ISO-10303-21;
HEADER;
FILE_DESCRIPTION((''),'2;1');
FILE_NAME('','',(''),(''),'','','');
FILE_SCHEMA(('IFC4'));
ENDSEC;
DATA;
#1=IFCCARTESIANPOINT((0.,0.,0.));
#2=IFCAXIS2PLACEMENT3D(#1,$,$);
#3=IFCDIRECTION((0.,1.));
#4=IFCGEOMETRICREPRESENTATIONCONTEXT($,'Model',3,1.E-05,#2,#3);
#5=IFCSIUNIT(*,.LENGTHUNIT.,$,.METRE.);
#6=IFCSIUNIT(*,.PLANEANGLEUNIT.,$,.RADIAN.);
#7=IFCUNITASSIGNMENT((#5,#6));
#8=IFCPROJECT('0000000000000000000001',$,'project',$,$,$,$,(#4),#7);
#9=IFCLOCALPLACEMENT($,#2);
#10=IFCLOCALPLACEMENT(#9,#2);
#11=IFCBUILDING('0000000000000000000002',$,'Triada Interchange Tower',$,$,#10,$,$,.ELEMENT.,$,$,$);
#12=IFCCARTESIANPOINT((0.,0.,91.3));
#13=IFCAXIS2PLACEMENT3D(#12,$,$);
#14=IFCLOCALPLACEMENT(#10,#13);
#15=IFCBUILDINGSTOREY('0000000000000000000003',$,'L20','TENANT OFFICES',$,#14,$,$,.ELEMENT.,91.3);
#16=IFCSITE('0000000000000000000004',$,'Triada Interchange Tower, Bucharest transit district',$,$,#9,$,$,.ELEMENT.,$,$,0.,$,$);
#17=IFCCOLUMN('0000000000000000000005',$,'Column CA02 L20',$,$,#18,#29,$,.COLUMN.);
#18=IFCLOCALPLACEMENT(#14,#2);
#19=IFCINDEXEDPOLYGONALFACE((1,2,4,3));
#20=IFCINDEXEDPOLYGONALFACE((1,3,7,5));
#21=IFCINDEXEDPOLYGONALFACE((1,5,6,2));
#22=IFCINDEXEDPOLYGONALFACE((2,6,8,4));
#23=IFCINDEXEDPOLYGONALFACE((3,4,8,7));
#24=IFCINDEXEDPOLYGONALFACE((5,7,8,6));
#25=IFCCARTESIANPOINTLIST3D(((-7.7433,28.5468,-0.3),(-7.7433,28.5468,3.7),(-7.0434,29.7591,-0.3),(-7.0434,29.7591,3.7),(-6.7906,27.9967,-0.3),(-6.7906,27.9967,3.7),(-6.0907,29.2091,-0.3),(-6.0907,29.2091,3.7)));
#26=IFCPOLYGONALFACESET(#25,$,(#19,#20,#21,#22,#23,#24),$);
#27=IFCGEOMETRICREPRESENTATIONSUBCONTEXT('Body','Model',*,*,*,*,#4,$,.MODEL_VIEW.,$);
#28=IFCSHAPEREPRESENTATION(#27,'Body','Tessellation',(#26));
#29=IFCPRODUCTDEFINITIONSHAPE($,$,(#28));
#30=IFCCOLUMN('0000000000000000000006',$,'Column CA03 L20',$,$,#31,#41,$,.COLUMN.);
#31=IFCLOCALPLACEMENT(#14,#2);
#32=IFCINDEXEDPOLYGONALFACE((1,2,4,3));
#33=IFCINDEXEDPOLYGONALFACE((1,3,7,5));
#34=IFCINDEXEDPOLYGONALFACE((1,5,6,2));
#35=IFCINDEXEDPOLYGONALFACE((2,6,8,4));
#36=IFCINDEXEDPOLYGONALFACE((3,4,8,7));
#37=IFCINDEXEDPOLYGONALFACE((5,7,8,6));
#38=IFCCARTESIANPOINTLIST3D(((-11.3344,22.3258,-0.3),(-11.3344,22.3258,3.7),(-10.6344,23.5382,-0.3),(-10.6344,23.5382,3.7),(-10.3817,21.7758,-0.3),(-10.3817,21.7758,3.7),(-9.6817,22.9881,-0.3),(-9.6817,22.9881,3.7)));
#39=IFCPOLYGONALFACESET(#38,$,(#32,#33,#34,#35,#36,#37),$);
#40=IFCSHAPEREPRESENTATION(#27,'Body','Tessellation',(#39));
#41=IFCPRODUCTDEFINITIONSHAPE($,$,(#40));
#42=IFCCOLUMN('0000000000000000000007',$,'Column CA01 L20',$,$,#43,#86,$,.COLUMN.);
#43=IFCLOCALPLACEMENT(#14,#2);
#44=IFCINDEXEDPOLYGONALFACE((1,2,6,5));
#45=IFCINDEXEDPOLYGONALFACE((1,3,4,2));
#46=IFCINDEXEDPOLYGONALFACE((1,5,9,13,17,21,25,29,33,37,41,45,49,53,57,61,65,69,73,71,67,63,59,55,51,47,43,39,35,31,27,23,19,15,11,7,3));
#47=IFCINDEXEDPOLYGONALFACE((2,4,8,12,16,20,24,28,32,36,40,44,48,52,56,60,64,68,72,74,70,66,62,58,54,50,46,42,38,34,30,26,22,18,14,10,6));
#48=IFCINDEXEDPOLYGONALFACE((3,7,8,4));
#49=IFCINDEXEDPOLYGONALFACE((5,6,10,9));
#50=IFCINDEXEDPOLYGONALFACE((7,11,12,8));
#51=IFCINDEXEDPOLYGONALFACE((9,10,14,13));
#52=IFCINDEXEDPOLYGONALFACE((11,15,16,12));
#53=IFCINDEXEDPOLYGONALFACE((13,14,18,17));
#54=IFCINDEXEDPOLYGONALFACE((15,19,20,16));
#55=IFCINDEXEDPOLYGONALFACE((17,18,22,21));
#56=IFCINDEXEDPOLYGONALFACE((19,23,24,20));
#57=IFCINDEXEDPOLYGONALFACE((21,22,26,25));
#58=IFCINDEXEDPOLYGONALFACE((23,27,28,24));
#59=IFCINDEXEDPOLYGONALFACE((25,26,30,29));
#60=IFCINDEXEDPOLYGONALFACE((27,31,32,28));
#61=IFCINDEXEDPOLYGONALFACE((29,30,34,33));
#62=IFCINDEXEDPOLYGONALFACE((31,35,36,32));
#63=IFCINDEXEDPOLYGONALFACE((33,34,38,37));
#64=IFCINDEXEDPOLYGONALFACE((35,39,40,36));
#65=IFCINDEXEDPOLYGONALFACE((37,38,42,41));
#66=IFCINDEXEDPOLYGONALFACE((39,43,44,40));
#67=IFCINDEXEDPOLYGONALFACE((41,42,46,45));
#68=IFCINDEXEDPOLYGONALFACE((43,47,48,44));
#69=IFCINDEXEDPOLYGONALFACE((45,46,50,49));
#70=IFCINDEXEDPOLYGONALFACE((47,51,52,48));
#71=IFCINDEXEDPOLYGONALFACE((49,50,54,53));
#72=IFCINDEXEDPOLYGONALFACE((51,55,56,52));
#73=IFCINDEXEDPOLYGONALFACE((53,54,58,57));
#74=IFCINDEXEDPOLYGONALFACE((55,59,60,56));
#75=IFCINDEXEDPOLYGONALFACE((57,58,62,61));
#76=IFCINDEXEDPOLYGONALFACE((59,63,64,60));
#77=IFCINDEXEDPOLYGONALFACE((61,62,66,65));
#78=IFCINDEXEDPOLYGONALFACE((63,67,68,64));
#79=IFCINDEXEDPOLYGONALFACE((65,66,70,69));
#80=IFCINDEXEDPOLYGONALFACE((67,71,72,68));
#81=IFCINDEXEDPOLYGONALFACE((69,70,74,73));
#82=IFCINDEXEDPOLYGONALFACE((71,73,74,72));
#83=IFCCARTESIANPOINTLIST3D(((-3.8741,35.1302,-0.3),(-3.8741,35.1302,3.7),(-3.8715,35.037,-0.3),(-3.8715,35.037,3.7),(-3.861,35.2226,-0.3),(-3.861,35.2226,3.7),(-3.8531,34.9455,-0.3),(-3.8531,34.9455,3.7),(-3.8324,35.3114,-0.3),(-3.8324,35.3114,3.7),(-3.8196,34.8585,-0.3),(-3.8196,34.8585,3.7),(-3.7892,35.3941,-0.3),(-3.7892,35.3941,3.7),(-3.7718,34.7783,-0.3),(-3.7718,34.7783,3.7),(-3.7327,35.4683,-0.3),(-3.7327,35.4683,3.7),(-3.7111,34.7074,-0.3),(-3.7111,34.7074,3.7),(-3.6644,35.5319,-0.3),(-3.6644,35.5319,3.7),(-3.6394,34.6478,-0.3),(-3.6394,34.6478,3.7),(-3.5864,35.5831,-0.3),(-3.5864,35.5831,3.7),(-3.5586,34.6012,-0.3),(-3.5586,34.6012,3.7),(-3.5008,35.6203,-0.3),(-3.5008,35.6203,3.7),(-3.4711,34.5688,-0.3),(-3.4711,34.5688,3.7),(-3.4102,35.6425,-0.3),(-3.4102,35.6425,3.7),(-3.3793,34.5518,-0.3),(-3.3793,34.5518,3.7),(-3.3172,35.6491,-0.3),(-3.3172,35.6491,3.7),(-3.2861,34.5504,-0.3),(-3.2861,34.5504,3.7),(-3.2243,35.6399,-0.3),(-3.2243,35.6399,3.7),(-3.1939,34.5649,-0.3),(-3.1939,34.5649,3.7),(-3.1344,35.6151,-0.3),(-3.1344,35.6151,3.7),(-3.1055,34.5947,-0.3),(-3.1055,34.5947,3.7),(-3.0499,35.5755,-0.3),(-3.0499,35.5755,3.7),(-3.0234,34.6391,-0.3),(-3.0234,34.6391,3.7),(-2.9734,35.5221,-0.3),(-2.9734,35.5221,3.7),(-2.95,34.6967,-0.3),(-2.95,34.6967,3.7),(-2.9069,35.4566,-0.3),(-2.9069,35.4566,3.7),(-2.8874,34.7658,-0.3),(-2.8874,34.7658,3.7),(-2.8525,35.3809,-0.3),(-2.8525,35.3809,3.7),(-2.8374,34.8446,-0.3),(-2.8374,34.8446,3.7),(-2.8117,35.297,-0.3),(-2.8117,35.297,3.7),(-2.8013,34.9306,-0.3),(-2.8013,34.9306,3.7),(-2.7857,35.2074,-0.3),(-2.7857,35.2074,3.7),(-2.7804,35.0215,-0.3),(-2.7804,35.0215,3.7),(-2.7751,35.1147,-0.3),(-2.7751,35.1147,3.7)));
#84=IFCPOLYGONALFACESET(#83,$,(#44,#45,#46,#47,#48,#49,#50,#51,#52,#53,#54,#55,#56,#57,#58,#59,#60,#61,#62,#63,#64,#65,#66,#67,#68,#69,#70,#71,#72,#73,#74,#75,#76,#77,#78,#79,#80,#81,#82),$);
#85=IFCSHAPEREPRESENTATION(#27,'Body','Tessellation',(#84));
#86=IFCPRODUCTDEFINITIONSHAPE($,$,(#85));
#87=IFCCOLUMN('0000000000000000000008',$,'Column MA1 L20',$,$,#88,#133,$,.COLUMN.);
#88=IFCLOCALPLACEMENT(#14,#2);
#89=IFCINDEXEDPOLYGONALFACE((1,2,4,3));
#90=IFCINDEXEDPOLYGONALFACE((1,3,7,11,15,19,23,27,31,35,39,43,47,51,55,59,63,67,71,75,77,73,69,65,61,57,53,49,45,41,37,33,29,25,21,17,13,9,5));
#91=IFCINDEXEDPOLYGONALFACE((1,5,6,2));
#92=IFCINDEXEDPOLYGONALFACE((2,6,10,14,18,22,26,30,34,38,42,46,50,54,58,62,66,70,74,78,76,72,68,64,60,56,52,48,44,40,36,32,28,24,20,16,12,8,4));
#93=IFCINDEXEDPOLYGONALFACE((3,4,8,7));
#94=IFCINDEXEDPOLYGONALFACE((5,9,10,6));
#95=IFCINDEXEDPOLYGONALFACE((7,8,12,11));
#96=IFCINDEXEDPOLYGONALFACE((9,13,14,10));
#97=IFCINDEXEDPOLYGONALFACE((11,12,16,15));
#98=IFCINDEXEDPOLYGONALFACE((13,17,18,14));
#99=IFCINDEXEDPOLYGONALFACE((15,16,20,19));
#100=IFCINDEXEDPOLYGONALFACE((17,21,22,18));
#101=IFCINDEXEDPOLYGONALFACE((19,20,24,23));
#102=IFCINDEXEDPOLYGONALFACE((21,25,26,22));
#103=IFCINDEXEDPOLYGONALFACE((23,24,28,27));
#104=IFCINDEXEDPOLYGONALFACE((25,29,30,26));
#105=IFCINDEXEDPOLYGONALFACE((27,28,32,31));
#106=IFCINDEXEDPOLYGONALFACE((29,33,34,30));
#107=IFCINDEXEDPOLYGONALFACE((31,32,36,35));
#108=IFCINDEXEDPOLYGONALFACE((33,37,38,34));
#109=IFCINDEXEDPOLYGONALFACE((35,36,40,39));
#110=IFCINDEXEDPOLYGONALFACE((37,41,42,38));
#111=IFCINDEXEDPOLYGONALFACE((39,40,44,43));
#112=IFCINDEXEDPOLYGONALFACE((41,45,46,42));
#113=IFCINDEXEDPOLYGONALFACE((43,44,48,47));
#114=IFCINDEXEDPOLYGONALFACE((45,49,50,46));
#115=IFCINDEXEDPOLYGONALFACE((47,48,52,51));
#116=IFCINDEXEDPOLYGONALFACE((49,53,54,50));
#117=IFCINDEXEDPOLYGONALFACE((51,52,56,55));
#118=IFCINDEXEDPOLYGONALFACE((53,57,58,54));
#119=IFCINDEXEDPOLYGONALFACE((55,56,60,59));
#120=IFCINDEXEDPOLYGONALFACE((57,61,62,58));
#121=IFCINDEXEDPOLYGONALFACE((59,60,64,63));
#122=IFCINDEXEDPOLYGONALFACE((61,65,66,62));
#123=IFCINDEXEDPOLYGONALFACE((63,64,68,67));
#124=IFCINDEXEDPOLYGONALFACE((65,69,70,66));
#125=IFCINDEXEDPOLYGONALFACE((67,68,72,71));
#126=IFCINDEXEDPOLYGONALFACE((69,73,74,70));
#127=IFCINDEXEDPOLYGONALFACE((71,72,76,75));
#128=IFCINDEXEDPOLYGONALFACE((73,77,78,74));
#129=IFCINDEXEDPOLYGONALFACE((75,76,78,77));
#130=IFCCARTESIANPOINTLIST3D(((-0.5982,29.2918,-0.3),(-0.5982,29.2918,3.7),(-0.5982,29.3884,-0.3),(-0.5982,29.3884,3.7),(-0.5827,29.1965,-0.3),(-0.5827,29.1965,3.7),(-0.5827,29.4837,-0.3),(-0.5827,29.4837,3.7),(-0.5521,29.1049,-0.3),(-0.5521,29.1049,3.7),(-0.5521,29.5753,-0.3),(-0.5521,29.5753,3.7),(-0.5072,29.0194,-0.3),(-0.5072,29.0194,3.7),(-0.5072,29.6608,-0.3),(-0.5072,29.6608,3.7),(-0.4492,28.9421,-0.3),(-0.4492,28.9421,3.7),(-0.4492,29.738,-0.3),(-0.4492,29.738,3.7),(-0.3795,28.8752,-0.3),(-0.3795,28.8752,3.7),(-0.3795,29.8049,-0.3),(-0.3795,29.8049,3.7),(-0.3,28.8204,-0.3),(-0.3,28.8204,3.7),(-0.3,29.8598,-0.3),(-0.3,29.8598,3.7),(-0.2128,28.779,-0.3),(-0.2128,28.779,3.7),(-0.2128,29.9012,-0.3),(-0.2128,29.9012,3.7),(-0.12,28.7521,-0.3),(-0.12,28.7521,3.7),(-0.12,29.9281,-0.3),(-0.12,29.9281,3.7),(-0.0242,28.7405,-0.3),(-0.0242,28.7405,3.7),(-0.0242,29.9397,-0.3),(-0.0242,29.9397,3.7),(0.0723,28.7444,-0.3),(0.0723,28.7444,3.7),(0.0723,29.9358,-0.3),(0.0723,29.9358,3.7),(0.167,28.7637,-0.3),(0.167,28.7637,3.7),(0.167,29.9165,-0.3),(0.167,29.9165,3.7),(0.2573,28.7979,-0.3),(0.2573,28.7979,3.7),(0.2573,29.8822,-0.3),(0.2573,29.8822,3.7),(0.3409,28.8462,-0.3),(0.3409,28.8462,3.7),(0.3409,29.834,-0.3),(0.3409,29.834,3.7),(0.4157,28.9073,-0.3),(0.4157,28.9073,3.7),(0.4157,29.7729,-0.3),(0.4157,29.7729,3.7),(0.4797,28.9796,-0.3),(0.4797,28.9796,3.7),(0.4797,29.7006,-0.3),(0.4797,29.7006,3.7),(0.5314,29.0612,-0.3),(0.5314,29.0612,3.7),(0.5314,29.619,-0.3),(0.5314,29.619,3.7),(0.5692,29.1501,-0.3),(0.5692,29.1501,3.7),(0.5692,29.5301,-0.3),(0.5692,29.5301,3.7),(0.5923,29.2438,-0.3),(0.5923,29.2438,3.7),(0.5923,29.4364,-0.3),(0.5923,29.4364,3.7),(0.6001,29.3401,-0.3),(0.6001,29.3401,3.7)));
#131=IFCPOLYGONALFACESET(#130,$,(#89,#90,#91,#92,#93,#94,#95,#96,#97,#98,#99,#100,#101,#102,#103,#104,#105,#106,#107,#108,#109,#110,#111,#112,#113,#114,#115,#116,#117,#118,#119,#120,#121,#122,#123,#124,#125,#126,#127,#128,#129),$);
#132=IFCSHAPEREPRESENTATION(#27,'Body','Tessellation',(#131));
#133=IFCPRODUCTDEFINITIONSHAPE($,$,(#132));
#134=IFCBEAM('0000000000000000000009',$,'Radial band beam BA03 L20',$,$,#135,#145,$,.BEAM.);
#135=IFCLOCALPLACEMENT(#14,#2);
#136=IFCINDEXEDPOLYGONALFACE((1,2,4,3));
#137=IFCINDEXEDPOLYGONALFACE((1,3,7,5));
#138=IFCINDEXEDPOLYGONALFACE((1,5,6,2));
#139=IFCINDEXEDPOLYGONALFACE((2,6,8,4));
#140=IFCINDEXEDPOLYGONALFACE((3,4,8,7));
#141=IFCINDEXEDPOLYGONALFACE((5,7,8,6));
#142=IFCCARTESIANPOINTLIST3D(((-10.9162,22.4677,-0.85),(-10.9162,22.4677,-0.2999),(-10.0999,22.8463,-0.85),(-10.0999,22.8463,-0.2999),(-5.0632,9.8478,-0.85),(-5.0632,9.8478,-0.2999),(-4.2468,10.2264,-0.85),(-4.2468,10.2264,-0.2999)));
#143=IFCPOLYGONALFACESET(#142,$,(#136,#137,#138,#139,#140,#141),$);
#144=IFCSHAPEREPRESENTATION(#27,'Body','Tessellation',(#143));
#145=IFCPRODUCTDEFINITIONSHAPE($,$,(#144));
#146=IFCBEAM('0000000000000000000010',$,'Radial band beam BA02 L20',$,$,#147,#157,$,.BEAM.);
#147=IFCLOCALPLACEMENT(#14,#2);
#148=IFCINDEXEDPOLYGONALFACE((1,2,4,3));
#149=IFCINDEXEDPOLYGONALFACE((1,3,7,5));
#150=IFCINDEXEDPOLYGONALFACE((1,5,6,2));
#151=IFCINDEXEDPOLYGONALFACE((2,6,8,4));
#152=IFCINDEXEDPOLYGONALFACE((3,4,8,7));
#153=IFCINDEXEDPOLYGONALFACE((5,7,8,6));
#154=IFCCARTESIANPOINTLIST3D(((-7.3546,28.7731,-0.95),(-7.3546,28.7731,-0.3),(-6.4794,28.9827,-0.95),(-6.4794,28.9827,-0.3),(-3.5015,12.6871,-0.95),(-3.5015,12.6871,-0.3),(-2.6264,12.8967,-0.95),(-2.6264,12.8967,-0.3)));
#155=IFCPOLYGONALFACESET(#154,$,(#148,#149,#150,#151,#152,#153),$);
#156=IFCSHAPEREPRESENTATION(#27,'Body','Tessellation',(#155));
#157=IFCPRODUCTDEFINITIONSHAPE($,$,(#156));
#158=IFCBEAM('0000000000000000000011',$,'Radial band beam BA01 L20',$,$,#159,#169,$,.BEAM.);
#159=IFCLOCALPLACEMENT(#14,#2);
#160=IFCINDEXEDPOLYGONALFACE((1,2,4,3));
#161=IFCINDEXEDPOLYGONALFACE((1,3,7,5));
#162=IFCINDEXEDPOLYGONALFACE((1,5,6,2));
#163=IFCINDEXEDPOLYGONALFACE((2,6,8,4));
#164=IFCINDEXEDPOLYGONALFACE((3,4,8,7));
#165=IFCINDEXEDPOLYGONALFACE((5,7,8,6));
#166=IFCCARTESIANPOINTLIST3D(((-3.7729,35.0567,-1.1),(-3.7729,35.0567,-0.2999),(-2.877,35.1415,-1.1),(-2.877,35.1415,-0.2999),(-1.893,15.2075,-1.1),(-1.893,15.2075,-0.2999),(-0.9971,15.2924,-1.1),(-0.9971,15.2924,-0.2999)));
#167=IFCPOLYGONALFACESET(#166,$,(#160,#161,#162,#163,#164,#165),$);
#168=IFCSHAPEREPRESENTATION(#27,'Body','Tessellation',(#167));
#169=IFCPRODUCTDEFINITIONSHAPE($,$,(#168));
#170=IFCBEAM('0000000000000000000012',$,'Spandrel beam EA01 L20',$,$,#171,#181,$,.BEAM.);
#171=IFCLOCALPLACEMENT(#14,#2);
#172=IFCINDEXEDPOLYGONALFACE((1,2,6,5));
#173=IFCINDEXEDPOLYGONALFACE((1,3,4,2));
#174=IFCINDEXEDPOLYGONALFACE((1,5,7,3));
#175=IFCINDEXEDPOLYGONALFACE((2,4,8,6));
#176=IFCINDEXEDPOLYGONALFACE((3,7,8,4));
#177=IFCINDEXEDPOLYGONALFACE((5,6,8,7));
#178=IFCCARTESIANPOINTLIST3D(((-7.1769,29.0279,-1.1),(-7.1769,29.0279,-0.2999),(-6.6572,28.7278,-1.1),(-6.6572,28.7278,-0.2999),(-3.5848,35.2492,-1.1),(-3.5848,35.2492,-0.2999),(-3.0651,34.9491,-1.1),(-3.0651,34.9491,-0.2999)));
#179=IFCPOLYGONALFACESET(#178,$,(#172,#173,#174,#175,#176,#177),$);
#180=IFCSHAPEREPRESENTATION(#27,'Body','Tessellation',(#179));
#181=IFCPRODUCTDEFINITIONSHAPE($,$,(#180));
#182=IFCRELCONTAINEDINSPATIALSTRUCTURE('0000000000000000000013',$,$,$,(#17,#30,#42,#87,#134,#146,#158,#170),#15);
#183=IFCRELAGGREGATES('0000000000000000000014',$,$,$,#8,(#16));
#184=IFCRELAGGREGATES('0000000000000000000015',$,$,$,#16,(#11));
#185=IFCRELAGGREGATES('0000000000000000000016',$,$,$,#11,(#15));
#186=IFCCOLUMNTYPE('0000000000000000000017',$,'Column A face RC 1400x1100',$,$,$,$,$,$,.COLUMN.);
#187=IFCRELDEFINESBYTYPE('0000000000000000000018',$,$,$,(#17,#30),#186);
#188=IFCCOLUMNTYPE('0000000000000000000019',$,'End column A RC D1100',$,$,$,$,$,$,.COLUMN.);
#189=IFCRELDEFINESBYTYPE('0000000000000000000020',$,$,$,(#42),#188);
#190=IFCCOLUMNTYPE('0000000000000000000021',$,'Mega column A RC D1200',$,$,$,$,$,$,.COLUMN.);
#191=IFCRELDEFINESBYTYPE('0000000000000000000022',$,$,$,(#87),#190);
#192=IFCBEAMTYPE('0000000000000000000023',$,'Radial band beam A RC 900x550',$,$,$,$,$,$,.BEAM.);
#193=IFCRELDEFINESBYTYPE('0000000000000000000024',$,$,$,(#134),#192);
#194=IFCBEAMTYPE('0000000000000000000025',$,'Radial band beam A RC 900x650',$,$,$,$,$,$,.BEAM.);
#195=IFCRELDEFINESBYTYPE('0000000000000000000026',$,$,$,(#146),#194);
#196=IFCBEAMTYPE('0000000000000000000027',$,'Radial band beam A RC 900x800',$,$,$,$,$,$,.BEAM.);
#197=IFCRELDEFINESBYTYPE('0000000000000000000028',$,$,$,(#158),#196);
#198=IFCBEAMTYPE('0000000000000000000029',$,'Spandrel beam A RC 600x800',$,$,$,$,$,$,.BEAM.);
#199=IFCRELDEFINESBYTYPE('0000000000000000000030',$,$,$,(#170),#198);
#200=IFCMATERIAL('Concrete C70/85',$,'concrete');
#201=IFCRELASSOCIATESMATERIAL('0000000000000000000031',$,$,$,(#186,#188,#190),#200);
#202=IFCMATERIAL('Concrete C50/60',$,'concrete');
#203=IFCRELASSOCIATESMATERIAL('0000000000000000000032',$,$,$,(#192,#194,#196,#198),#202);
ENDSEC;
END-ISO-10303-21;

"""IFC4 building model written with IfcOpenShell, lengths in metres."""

from ifc_helpers import new_model, si_unit, direction, frame, origin, origin_2d, place, context, subcontext, project, spatial, rectangle, circle, extrude, material, material_profile, profile_set, type_object, element, save


model = new_model("IFC4")

# Units and contexts
model_context = context("Model", 3, precision=1e-05, world=origin(), true_north=direction((0.0, 1.0)))
body_context = subcontext(model_context, "Body", "Model", "MODEL_VIEW")
ifc_project = project(units=[si_unit("LENGTHUNIT", "METRE"), si_unit("PLANEANGLEUNIT", "RADIAN")], contexts=[model_context])

# Site, building, storey
site_placement = place(None, origin())
site = spatial("IfcSite", under=ifc_project, at=site_placement, Name="Triada Interchange Tower, Bucharest transit district", CompositionType="ELEMENT", RefElevation=0.0)
building_placement = place(site_placement, origin())
building = spatial("IfcBuilding", under=site, at=building_placement, Name="Triada Interchange Tower", CompositionType="ELEMENT")
storey_placement = place(building_placement, frame((0.0, 0.0, 91.3)))
storey = spatial("IfcBuildingStorey", under=building, at=storey_placement, Name="L20", Description="TENANT OFFICES", CompositionType="ELEMENT", Elevation=91.3)

# Columns
ifc_material_1 = material(Name="Concrete C70/85", Category="concrete")
ifc_material_profile_1 = material_profile(ifc_material_1, rectangle(XDim=1.3999, YDim=1.1001, at=origin_2d()), Name="RC 1400x1100")
ifc_profile_set_1 = profile_set([ifc_material_profile_1], Name="Concrete C70/85")
column_type_1 = type_object("IfcColumnType", Name="Column A face RC 1400x1100", PredefinedType="COLUMN", material=ifc_profile_set_1)
for number, where, z_axis, x_axis, name in (
    (1, (-6.917, 28.8779, -0.3), (0.0, 0.0, 1.0), (0.5, 0.866025, 0.0), "Column CA02 L20"),
    (2, (-10.5081, 22.657, -0.3), (0.0, 0.0, 1.0), (0.5, 0.866025, 0.0), "Column CA03 L20"),
):
    element("IfcColumn", number, at=place(storey_placement, frame(where, z_axis=z_axis, x_axis=x_axis)), inside=storey, type_object=column_type_1, Name=name, PredefinedType="COLUMN", context=body_context, shape_type="SweptSolid", body=[
        extrude(rectangle(XDim=1.3999, YDim=1.1001, at=origin_2d()), origin(), (0.0, 0.0, 1.0), 4.0),
    ])
ifc_material_profile_2 = material_profile(ifc_material_1, circle(Radius=0.55, at=origin_2d()), Name="RC D1100")
ifc_profile_set_2 = profile_set([ifc_material_profile_2], Name="Concrete C70/85")
column_type_2 = type_object("IfcColumnType", Name="End column A RC D1100", PredefinedType="COLUMN", material=ifc_profile_set_2)
column_1_placement = place(storey_placement, frame((-3.325, 35.0991, -0.3), z_axis=(0.0, 0.0, 1.0), x_axis=(0.5, 0.866025, 0.0)))
element("IfcColumn", 3, at=column_1_placement, inside=storey, type_object=column_type_2, Name="Column CA01 L20", PredefinedType="COLUMN", context=body_context, shape_type="SweptSolid", body=[
    extrude(circle(Radius=0.55, at=origin_2d()), origin(), (0.0, 0.0, 1.0), 4.0),
])
ifc_material_profile_3 = material_profile(ifc_material_1, circle(Radius=0.6001, at=origin_2d()), Name="RC D1200")
ifc_profile_set_3 = profile_set([ifc_material_profile_3], Name="Concrete C70/85")
column_type_3 = type_object("IfcColumnType", Name="Mega column A RC D1200", PredefinedType="COLUMN", material=ifc_profile_set_3)
column_2_placement = place(storey_placement, frame((0.0, 29.3401, -0.3), z_axis=(0.0, 0.0, 1.0), x_axis=(1.0, 0.0, 0.0)))
element("IfcColumn", 4, at=column_2_placement, inside=storey, type_object=column_type_3, Name="Column MA1 L20", PredefinedType="COLUMN", context=body_context, shape_type="SweptSolid", body=[
    extrude(circle(Radius=0.6001, at=origin_2d()), origin(), (0.0, 0.0, 1.0), 4.0),
])

# Beams
ifc_material_2 = material(Name="Concrete C50/60", Category="concrete")
ifc_material_profile_4 = material_profile(ifc_material_2, rectangle(XDim=0.8999, YDim=0.55, at=origin_2d()), Name="RC 900x550")
ifc_profile_set_4 = profile_set([ifc_material_profile_4], Name="Concrete C50/60")
beam_type_1 = type_object("IfcBeamType", Name="Radial band beam A RC 900x550", PredefinedType="BEAM", material=ifc_profile_set_4)
beam_1_placement = place(storey_placement, frame((-10.5081, 22.657, -0.575), z_axis=(0.420745, -0.907179, 0.0), x_axis=(0.907179, 0.420745, 0.0)))
element("IfcBeam", 5, at=beam_1_placement, inside=storey, type_object=beam_type_1, Name="Radial band beam BA03 L20", PredefinedType="BEAM", context=body_context, shape_type="SweptSolid", body=[
    extrude(rectangle(XDim=0.8999, YDim=0.55, at=origin_2d()), origin(), (0.0, 0.0, 1.0), 13.9111),
])
ifc_material_profile_5 = material_profile(ifc_material_2, rectangle(XDim=0.8999, YDim=0.6499, at=origin_2d()), Name="RC 900x650")
ifc_profile_set_5 = profile_set([ifc_material_profile_5], Name="Concrete C50/60")
beam_type_2 = type_object("IfcBeamType", Name="Radial band beam A RC 900x650", PredefinedType="BEAM", material=ifc_profile_set_5)
beam_2_placement = place(storey_placement, frame((-6.917, 28.8779, -0.625), z_axis=(0.232939, -0.972491, 0.0), x_axis=(0.972491, 0.232939, 0.0)))
element("IfcBeam", 6, at=beam_2_placement, inside=storey, type_object=beam_type_2, Name="Radial band beam BA02 L20", PredefinedType="BEAM", context=body_context, shape_type="SweptSolid", body=[
    extrude(rectangle(XDim=0.8999, YDim=0.6499, at=origin_2d()), origin(), (0.0, 0.0, 1.0), 16.541),
])
ifc_material_profile_6 = material_profile(ifc_material_2, rectangle(XDim=0.8999, YDim=0.8, at=origin_2d()), Name="RC 900x800")
ifc_profile_set_6 = profile_set([ifc_material_profile_6], Name="Concrete C50/60")
beam_type_3 = type_object("IfcBeamType", Name="Radial band beam A RC 900x800", PredefinedType="BEAM", material=ifc_profile_set_6)
beam_3_placement = place(storey_placement, frame((-3.325, 35.0991, -0.7), z_axis=(0.094287, -0.995545, 0.0), x_axis=(0.995545, 0.094287, 0.0)))
element("IfcBeam", 7, at=beam_3_placement, inside=storey, type_object=beam_type_3, Name="Radial band beam BA01 L20", PredefinedType="BEAM", context=body_context, shape_type="SweptSolid", body=[
    extrude(rectangle(XDim=0.8999, YDim=0.8, at=origin_2d()), origin(), (0.0, 0.0, 1.0), 19.938),
])
ifc_material_profile_7 = material_profile(ifc_material_2, rectangle(XDim=0.6001, YDim=0.8, at=origin_2d()), Name="RC 600x800")
ifc_profile_set_7 = profile_set([ifc_material_profile_7], Name="Concrete C50/60")
beam_type_4 = type_object("IfcBeamType", Name="Spandrel beam A RC 600x800", PredefinedType="BEAM", material=ifc_profile_set_7)
beam_4_placement = place(storey_placement, frame((-3.325, 35.0991, -0.7), z_axis=(-0.500024, -0.866011, 0.0), x_axis=(0.866011, -0.500024, 0.0)))
element("IfcBeam", 8, at=beam_4_placement, inside=storey, type_object=beam_type_4, Name="Spandrel beam EA01 L20", PredefinedType="BEAM", context=body_context, shape_type="SweptSolid", body=[
    extrude(rectangle(XDim=0.6001, YDim=0.8, at=origin_2d()), origin(), (0.0, 0.0, 1.0), 7.1838),
])

save(model, "model.ifc")
